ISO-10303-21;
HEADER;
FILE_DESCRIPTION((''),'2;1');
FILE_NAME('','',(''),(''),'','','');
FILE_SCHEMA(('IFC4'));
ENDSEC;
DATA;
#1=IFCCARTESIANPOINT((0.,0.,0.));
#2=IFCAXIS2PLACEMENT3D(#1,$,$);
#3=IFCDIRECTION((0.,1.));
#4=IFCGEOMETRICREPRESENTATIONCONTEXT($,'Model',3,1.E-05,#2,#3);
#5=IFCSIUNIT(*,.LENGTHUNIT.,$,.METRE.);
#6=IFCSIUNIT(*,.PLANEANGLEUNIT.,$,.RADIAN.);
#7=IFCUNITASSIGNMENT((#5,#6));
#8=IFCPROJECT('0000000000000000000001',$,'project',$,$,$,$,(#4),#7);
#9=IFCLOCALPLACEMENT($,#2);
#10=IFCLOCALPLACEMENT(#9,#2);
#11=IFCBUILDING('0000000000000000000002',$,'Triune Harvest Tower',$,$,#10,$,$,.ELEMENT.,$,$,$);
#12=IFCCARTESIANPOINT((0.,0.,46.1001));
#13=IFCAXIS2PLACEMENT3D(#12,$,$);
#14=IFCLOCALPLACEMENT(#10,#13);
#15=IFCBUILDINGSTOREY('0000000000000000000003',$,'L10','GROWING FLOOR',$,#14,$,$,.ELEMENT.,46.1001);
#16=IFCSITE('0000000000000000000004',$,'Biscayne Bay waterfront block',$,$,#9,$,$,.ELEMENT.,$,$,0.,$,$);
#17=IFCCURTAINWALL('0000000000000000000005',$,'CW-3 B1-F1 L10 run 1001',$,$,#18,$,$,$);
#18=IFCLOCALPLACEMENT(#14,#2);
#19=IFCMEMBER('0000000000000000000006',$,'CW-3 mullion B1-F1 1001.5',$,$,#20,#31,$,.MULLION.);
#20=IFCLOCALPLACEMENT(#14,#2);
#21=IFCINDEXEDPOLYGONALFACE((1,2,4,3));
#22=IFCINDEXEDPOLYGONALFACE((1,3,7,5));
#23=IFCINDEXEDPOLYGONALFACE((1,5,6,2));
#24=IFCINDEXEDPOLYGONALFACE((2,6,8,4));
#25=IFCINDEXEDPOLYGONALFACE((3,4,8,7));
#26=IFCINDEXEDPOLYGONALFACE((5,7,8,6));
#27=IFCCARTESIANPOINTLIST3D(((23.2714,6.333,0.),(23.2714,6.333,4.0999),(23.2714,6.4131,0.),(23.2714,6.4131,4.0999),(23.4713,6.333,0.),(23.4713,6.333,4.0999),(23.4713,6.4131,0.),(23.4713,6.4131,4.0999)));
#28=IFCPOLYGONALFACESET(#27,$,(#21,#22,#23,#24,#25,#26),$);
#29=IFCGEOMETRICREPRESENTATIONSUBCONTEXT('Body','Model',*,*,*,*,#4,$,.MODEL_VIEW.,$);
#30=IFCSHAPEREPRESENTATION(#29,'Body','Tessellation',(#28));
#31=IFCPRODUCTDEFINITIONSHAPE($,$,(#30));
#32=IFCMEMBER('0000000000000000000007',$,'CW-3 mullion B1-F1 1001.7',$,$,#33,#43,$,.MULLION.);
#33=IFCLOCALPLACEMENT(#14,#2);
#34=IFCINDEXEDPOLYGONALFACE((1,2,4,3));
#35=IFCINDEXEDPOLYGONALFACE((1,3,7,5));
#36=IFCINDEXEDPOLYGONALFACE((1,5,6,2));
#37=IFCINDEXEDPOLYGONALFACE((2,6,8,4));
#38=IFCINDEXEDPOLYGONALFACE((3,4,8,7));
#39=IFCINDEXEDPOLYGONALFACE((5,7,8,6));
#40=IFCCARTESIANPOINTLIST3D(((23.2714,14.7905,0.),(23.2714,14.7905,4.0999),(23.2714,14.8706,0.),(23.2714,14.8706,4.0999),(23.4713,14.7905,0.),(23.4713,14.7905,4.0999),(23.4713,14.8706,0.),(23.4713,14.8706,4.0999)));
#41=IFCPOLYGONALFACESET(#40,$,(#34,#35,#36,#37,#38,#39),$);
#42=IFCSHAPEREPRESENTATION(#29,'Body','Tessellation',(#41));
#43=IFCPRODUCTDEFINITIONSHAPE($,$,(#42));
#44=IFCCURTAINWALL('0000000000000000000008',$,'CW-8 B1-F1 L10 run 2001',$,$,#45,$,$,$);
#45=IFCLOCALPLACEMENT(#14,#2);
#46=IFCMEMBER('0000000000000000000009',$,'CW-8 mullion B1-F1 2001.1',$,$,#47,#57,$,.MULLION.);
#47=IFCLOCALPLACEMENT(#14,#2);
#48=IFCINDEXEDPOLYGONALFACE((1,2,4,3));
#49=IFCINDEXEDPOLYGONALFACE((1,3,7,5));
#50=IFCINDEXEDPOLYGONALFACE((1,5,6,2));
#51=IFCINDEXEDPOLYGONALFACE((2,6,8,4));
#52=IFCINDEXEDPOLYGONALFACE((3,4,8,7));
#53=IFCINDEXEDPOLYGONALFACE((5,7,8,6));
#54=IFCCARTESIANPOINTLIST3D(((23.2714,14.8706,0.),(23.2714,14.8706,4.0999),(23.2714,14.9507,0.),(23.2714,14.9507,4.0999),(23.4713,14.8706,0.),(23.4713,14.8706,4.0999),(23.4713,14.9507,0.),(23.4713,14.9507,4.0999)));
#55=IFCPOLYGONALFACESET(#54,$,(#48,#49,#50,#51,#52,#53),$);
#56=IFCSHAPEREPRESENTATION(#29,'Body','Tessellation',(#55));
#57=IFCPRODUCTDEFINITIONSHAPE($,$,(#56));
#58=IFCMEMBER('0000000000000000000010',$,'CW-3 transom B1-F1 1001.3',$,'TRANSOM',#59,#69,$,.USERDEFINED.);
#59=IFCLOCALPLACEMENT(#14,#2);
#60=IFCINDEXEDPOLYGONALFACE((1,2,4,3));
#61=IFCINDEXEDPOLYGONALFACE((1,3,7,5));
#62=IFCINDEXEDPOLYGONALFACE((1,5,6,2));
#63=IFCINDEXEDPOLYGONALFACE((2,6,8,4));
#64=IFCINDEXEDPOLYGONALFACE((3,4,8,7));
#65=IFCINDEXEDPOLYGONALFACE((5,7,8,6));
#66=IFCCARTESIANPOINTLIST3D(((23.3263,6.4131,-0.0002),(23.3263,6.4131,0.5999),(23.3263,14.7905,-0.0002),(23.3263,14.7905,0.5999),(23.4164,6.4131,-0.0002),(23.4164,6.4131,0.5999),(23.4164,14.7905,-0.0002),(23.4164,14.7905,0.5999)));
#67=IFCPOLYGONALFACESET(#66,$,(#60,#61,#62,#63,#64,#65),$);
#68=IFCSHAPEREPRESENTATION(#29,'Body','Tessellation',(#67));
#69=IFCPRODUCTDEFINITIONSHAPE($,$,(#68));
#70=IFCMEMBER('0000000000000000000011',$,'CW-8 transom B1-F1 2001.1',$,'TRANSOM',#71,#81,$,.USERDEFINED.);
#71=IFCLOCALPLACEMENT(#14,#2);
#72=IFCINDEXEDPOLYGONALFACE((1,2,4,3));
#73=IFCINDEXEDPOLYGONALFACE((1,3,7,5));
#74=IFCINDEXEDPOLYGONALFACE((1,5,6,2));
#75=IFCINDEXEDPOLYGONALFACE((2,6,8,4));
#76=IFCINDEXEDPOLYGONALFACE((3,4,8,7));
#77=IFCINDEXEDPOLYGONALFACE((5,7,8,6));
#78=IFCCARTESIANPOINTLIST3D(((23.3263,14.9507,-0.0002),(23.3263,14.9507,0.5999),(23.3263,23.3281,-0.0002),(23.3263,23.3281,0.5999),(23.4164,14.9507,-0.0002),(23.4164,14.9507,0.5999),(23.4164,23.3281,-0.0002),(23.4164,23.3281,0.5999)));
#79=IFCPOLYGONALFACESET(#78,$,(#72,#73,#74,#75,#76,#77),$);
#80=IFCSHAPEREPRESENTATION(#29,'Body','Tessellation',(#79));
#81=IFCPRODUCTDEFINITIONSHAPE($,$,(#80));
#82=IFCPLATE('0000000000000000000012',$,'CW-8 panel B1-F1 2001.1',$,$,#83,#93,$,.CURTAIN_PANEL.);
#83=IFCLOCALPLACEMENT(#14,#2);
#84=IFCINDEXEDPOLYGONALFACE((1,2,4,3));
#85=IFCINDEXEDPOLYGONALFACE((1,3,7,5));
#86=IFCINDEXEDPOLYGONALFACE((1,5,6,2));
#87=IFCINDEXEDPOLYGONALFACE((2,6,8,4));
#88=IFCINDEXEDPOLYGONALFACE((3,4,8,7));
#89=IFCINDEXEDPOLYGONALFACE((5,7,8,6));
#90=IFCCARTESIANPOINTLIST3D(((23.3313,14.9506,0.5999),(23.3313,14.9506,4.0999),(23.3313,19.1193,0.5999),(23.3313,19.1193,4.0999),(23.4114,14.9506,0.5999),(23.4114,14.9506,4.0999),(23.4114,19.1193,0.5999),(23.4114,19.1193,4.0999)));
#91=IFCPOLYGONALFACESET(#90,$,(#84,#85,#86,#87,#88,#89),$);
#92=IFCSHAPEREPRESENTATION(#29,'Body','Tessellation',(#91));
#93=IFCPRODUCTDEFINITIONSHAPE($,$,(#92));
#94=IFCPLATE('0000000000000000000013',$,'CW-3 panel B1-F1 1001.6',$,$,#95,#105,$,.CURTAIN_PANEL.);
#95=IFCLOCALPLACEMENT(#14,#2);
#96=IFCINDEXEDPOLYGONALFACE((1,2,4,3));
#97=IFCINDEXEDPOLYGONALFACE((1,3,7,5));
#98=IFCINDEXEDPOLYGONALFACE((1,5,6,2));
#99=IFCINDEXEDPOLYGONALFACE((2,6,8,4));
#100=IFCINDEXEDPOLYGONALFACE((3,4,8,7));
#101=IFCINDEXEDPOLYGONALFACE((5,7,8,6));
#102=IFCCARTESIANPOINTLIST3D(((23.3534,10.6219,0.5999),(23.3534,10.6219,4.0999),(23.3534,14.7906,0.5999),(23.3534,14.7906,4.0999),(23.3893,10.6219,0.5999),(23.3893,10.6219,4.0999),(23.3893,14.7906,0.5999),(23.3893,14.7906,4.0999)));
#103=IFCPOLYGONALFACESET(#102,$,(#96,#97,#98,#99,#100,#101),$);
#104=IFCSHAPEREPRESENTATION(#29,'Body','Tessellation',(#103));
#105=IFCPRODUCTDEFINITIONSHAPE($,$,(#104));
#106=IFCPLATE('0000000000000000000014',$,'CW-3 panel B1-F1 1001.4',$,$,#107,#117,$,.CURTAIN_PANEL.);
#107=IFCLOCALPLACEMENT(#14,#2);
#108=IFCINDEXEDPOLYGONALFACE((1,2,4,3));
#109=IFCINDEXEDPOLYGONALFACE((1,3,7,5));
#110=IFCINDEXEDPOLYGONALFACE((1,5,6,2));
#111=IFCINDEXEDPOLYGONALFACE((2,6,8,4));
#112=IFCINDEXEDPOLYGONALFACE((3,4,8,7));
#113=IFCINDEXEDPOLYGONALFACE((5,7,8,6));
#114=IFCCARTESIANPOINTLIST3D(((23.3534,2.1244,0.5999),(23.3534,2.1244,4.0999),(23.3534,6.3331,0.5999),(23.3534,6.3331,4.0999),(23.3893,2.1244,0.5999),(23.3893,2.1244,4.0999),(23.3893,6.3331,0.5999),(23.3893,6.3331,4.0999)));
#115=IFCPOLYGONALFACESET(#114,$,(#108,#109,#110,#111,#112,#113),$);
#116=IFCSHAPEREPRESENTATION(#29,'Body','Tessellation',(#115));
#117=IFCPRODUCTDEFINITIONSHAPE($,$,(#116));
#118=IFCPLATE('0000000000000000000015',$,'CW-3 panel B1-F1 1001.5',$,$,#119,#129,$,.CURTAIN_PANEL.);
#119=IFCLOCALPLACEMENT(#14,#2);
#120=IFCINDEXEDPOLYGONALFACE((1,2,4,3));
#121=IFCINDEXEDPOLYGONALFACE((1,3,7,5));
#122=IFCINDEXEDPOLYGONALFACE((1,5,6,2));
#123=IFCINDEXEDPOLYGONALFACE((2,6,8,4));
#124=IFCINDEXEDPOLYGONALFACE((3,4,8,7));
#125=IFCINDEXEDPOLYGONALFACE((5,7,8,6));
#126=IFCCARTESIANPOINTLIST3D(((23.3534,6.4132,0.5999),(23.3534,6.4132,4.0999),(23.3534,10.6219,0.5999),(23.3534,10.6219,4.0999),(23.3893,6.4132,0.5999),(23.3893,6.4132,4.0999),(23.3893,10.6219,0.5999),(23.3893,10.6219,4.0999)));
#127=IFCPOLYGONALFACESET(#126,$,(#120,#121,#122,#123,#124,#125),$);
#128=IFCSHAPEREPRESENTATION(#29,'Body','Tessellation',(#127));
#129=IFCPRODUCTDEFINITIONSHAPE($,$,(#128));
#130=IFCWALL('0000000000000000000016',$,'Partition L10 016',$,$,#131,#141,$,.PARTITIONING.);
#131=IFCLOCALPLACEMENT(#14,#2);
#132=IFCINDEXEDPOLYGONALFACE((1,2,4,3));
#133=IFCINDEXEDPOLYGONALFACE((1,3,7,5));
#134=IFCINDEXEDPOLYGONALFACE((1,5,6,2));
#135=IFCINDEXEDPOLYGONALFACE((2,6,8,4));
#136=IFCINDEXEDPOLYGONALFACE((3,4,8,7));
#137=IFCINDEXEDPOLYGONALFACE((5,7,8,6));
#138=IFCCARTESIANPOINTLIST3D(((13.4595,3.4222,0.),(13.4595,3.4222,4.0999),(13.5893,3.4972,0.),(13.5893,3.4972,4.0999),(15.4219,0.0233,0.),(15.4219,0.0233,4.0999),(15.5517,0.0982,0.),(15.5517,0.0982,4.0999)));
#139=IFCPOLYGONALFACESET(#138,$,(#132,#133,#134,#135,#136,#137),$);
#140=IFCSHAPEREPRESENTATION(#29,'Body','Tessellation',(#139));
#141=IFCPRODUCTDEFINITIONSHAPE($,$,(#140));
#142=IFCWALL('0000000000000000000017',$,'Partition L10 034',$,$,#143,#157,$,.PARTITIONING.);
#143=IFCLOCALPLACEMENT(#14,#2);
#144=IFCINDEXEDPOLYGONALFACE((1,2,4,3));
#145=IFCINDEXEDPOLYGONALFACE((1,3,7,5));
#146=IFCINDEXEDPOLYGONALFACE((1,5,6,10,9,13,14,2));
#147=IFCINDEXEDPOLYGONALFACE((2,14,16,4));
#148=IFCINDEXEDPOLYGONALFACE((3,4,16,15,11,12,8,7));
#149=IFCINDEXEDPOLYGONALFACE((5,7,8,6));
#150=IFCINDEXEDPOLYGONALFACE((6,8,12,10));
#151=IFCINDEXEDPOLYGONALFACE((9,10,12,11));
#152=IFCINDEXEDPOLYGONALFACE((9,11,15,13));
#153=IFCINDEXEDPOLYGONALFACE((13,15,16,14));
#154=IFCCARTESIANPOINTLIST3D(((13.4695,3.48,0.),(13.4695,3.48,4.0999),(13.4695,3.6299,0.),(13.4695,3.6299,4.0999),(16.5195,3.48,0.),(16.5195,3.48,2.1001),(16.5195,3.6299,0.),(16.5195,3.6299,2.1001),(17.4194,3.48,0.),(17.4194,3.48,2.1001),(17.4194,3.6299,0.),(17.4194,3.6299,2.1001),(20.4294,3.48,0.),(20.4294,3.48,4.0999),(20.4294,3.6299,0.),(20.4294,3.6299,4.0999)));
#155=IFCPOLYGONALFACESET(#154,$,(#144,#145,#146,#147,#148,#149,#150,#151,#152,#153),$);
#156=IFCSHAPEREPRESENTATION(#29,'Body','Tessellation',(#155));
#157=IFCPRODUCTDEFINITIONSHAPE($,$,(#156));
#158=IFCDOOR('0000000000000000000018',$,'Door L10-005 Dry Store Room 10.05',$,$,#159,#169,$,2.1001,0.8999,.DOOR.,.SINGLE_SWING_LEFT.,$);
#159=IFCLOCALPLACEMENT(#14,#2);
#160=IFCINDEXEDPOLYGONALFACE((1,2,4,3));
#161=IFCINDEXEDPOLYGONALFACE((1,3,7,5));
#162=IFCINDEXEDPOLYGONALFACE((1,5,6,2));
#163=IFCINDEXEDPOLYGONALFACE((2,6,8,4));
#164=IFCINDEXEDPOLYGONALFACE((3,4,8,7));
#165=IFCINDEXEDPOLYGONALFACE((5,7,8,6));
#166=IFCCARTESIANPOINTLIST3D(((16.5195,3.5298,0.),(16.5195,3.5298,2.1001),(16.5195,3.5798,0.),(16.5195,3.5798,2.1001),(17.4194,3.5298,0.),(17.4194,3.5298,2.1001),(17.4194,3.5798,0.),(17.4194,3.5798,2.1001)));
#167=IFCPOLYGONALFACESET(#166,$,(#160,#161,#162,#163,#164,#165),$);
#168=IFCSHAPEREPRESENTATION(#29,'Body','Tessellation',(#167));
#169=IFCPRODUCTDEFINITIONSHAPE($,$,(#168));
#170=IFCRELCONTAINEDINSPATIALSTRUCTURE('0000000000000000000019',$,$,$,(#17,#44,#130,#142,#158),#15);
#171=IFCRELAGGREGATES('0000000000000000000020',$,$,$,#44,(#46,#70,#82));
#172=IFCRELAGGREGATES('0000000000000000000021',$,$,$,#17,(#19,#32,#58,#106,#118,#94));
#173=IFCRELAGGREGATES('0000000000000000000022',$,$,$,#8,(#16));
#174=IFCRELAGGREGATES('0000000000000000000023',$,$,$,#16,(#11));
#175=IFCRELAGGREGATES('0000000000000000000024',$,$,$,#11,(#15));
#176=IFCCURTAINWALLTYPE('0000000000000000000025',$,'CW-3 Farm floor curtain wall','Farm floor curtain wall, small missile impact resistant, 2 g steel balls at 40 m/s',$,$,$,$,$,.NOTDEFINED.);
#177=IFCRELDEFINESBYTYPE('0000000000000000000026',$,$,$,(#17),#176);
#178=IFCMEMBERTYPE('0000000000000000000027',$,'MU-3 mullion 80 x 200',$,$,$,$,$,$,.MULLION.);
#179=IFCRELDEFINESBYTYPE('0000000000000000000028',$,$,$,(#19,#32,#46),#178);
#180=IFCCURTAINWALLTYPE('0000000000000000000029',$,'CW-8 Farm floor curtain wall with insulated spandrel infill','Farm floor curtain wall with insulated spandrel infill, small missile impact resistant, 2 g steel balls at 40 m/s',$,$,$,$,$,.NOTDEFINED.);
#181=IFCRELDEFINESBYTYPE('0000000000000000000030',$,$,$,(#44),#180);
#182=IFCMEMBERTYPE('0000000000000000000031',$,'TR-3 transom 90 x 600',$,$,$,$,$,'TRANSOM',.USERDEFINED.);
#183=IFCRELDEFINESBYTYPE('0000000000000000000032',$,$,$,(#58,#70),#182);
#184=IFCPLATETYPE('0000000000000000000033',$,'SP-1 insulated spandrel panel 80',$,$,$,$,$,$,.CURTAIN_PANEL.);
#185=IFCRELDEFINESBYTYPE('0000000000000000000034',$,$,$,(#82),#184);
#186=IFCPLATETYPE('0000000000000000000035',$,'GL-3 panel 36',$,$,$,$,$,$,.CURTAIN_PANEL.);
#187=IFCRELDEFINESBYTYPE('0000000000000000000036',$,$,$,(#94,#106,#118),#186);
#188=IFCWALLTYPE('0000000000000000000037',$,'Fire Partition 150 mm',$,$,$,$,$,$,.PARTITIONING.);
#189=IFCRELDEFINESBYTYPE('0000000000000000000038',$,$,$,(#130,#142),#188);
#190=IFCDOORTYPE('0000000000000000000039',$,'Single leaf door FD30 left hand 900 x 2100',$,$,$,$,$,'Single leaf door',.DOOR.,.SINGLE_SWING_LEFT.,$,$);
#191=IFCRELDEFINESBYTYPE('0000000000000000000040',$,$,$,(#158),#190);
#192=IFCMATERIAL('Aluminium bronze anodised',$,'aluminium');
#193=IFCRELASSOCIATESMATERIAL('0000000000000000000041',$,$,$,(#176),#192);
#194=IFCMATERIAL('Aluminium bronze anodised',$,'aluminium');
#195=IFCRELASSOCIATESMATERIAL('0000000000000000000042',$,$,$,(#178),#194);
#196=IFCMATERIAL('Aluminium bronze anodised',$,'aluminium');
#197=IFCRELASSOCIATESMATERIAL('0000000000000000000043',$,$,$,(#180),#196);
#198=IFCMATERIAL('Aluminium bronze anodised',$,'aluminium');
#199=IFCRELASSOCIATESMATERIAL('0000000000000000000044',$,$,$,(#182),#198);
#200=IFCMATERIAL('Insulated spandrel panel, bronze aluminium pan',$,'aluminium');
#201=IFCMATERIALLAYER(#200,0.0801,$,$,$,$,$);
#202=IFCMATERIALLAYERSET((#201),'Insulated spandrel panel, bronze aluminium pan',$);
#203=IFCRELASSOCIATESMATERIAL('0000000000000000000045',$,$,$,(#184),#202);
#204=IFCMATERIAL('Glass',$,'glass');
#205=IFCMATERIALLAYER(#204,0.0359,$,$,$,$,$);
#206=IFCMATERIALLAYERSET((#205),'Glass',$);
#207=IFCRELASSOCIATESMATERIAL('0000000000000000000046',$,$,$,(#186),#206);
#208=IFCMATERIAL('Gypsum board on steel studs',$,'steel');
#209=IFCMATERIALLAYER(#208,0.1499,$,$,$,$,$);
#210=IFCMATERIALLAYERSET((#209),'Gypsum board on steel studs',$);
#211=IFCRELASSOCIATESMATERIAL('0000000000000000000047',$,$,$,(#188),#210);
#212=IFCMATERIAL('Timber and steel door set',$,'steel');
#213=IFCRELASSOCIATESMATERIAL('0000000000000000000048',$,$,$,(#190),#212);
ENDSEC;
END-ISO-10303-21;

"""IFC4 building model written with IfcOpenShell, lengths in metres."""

from ifc_helpers import new_model, si_unit, direction, frame, frame_2d, origin, origin_2d, place, context, subcontext, project, spatial, rectangle, extrude, source, transform, mapped, material, layer, layer_set, material_profile, profile_set, type_object, element, fill, aggregate, save


model = new_model("IFC4")

# Units and contexts
model_context = context("Model", 3, precision=1e-05, world=origin(), true_north=direction((0.0, 1.0)))
body_context = subcontext(model_context, "Body", "Model", "MODEL_VIEW")
ifc_project = project(units=[si_unit("LENGTHUNIT", "METRE"), si_unit("PLANEANGLEUNIT", "RADIAN")], contexts=[model_context])

# Site, building, storey
site_placement = place(None, origin())
site = spatial("IfcSite", under=ifc_project, at=site_placement, Name="Biscayne Bay waterfront block", CompositionType="ELEMENT", RefElevation=0.0)
building_placement = place(site_placement, origin())
building = spatial("IfcBuilding", under=site, at=building_placement, Name="Triune Harvest Tower", CompositionType="ELEMENT")
storey_placement = place(building_placement, frame((0.0, 0.0, 46.1001)))
storey = spatial("IfcBuildingStorey", under=building, at=storey_placement, Name="L10", Description="GROWING FLOOR", CompositionType="ELEMENT", Elevation=46.1001)

# Curtain wall, members
ifc_material_1 = material(Name="Aluminium bronze anodised", Category="aluminium")
curtain_wall_type_1 = type_object("IfcCurtainWallType", Name="CW-3 Farm floor curtain wall", Description="Farm floor curtain wall, small missile impact resistant, 2 g steel balls at 40 m/s", PredefinedType="NOTDEFINED", material=ifc_material_1)
curtain_wall_1_placement = place(storey_placement, origin())
curtain_wall_1 = element("IfcCurtainWall", 1, at=curtain_wall_1_placement, inside=storey, type_object=curtain_wall_type_1, Name="CW-3 B1-F1 L10 run 1001")
ifc_material_2 = material(Name="Aluminium bronze anodised", Category="aluminium")
ifc_material_profile_1 = material_profile(ifc_material_2, rectangle(XDim=0.2, YDim=0.0801, at=origin_2d()), Name="MU-3 mullion 80 x 200")
ifc_profile_set_1 = profile_set([ifc_material_profile_1], Name="Aluminium bronze anodised")
member_type_1 = type_object("IfcMemberType", Name="MU-3 mullion 80 x 200", PredefinedType="MULLION", material=ifc_profile_set_1)
shared_shape_1 = source(origin(), body_context, "Body", "SweptSolid", [
    extrude(rectangle(XDim=0.2, YDim=0.0801, at=origin_2d()), origin(), (0.0, 0.0, 1.0), 4.0999),
])
member_1_placement = place(storey_placement, frame((23.3713, 6.373, 0.0), z_axis=(0.0, 0.0, 1.0), x_axis=(-1.0, 0.0, 0.0)))
member_1 = element("IfcMember", 2, at=member_1_placement, type_object=member_type_1, Name="CW-3 mullion B1-F1 1001.5", PredefinedType="MULLION", context=body_context, shape_type="MappedRepresentation", body=[
    mapped(shared_shape_1, transform((0.0, 0.0, 0.0), scale=1.0)),
])
member_2_placement = place(storey_placement, frame((23.3713, 14.8306, 0.0), z_axis=(0.0, 0.0, 1.0), x_axis=(-1.0, 0.0, 0.0)))
member_2 = element("IfcMember", 3, at=member_2_placement, type_object=member_type_1, Name="CW-3 mullion B1-F1 1001.7", PredefinedType="MULLION", context=body_context, shape_type="MappedRepresentation", body=[
    mapped(shared_shape_1, transform((0.0, 0.0, 0.0), scale=1.0)),
])

# Curtain wall, member
ifc_material_3 = material(Name="Aluminium bronze anodised", Category="aluminium")
curtain_wall_type_2 = type_object("IfcCurtainWallType", Name="CW-8 Farm floor curtain wall with insulated spandrel infill", Description="Farm floor curtain wall with insulated spandrel infill, small missile impact resistant, 2 g steel balls at 40 m/s", PredefinedType="NOTDEFINED", material=ifc_material_3)
curtain_wall_2_placement = place(storey_placement, origin())
curtain_wall_2 = element("IfcCurtainWall", 4, at=curtain_wall_2_placement, inside=storey, type_object=curtain_wall_type_2, Name="CW-8 B1-F1 L10 run 2001")
member_3_placement = place(storey_placement, frame((23.3713, 14.9106, 0.0), z_axis=(0.0, 0.0, 1.0), x_axis=(-1.0, 0.0, 0.0)))
member_3 = element("IfcMember", 5, at=member_3_placement, type_object=member_type_1, Name="CW-8 mullion B1-F1 2001.1", PredefinedType="MULLION", context=body_context, shape_type="MappedRepresentation", body=[
    mapped(shared_shape_1, transform((0.0, 0.0, 0.0), scale=1.0)),
])

# Members
ifc_material_4 = material(Name="Aluminium bronze anodised", Category="aluminium")
ifc_material_profile_2 = material_profile(ifc_material_4, rectangle(XDim=0.0901, YDim=0.6001, at=origin_2d()), Name="TR-3 transom 90 x 600")
ifc_profile_set_2 = profile_set([ifc_material_profile_2], Name="Aluminium bronze anodised")
member_type_2 = type_object("IfcMemberType", Name="TR-3 transom 90 x 600", ElementType="TRANSOM", PredefinedType="USERDEFINED", material=ifc_profile_set_2)
shared_shape_2 = source(origin(), body_context, "Body", "SweptSolid", [
    extrude(rectangle(XDim=0.0901, YDim=0.6001, at=origin_2d()), origin(), (0.0, 0.0, 1.0), 8.3774),
])
member_4_placement = place(storey_placement, frame((23.3713, 6.4131, 0.2998), z_axis=(0.0, 1.0, 0.0), x_axis=(-1.0, 0.0, 0.0)))
member_4 = element("IfcMember", 6, at=member_4_placement, type_object=member_type_2, Name="CW-3 transom B1-F1 1001.3", ObjectType="TRANSOM", PredefinedType="USERDEFINED", context=body_context, shape_type="MappedRepresentation", body=[
    mapped(shared_shape_2, transform((0.0, 0.0, 0.0), scale=1.0)),
])
member_5_placement = place(storey_placement, frame((23.3713, 14.9507, 0.2998), z_axis=(0.0, 1.0, 0.0), x_axis=(-1.0, 0.0, 0.0)))
member_5 = element("IfcMember", 7, at=member_5_placement, type_object=member_type_2, Name="CW-8 transom B1-F1 2001.1", ObjectType="TRANSOM", PredefinedType="USERDEFINED", context=body_context, shape_type="MappedRepresentation", body=[
    mapped(shared_shape_2, transform((0.0, 0.0, 0.0), scale=1.0)),
])

# Plates
ifc_material_5 = material(Name="Insulated spandrel panel, bronze aluminium pan", Category="aluminium")
ifc_layer_1 = layer(ifc_material_5, 0.0801)
ifc_layer_set_1 = layer_set([ifc_layer_1], Name="Insulated spandrel panel, bronze aluminium pan")
plate_type_1 = type_object("IfcPlateType", Name="SP-1 insulated spandrel panel 80", PredefinedType="CURTAIN_PANEL", material=ifc_layer_set_1)
shared_shape_3 = source(origin(), body_context, "Body", "SweptSolid", [
    extrude(rectangle(XDim=4.1687, YDim=0.0801, at=origin_2d()), origin(), (0.0, 0.0, 1.0), 3.5),
])
plate_1_placement = place(storey_placement, frame((23.3713, 17.0349, 0.5999), z_axis=(0.0, 0.0, 1.0), x_axis=(0.0, 1.0, 0.0)))
plate_1 = element("IfcPlate", 8, at=plate_1_placement, type_object=plate_type_1, Name="CW-8 panel B1-F1 2001.1", PredefinedType="CURTAIN_PANEL", context=body_context, shape_type="MappedRepresentation", body=[
    mapped(shared_shape_3, transform((0.0, 0.0, 0.0), scale=1.0)),
])
aggregate(curtain_wall_2, [member_3, member_5, plate_1])
ifc_material_6 = material(Name="Glass", Category="glass")
ifc_layer_2 = layer(ifc_material_6, 0.0359)
ifc_layer_set_2 = layer_set([ifc_layer_2], Name="Glass")
plate_type_2 = type_object("IfcPlateType", Name="GL-3 panel 36", PredefinedType="CURTAIN_PANEL", material=ifc_layer_set_2)
shared_shape_4 = source(origin(), body_context, "Body", "SweptSolid", [
    extrude(rectangle(XDim=4.1687, YDim=0.0359, at=origin_2d()), origin(), (0.0, 0.0, 1.0), 3.5),
])
plate_2_placement = place(storey_placement, frame((23.3713, 12.7063, 0.5999), z_axis=(0.0, 0.0, 1.0), x_axis=(0.0, 1.0, 0.0)))
plate_2 = element("IfcPlate", 9, at=plate_2_placement, type_object=plate_type_2, Name="CW-3 panel B1-F1 1001.6", PredefinedType="CURTAIN_PANEL", context=body_context, shape_type="MappedRepresentation", body=[
    mapped(shared_shape_4, transform((0.0, 0.0, 0.0), scale=1.0)),
])
shared_shape_5 = source(origin(), body_context, "Body", "SweptSolid", [
    extrude(rectangle(XDim=4.2087, YDim=0.0359, at=origin_2d()), origin(), (0.0, 0.0, 1.0), 3.5),
])
plate_3_placement = place(storey_placement, frame((23.3713, 4.2288, 0.5999), z_axis=(0.0, 0.0, 1.0), x_axis=(0.0, 1.0, 0.0)))
plate_3 = element("IfcPlate", 10, at=plate_3_placement, type_object=plate_type_2, Name="CW-3 panel B1-F1 1001.4", PredefinedType="CURTAIN_PANEL", context=body_context, shape_type="MappedRepresentation", body=[
    mapped(shared_shape_5, transform((0.0, 0.0, 0.0), scale=1.0)),
])
plate_4_placement = place(storey_placement, frame((23.3713, 8.5176, 0.5999), z_axis=(0.0, 0.0, 1.0), x_axis=(0.0, 1.0, 0.0)))
plate_4 = element("IfcPlate", 11, at=plate_4_placement, type_object=plate_type_2, Name="CW-3 panel B1-F1 1001.5", PredefinedType="CURTAIN_PANEL", context=body_context, shape_type="MappedRepresentation", body=[
    mapped(shared_shape_5, transform((0.0, 0.0, 0.0), scale=1.0)),
])
aggregate(curtain_wall_1, [member_1, member_2, member_4, plate_3, plate_4, plate_2])

# Wall
ifc_material_7 = material(Name="Gypsum board on steel studs", Category="steel")
ifc_layer_3 = layer(ifc_material_7, 0.1499)
ifc_layer_set_3 = layer_set([ifc_layer_3], Name="Gypsum board on steel studs")
wall_type_1 = type_object("IfcWallType", Name="Fire Partition 150 mm", PredefinedType="PARTITIONING", material=ifc_layer_set_3)
wall_1_placement = place(storey_placement, frame((13.5244, 3.4597, 0.0), z_axis=(0.0, 0.0, 1.0), x_axis=(0.500006, -0.866022, 0.0)))
element("IfcWall", 12, at=wall_1_placement, inside=storey, type_object=wall_type_1, Name="Partition L10 016", PredefinedType="PARTITIONING", context=body_context, shape_type="SweptSolid", body=[
    extrude(rectangle(XDim=3.9248, YDim=0.1499, at=frame_2d((1.9624, 0.0))), origin(), (0.0, 0.0, 1.0), 4.0999),
])

# Wall, opening, door
wall_2_placement = place(storey_placement, frame((13.4695, 3.5549, 0.0), z_axis=(0.0, 0.0, 1.0), x_axis=(1.0, 0.0, 0.0)))
wall_2 = element("IfcWall", 13, at=wall_2_placement, inside=storey, type_object=wall_type_1, Name="Partition L10 034", PredefinedType="PARTITIONING", context=body_context, shape_type="SweptSolid", body=[
    extrude(rectangle(XDim=6.96, YDim=0.1499, at=frame_2d((3.48, 0.0))), origin(), (0.0, 0.0, 1.0), 4.0999),
])
opening_1_placement = place(wall_2_placement, frame((3.05, 0.0, 0.0)))
opening_1 = element("IfcOpeningElement", 14, at=opening_1_placement, cuts=wall_2, PredefinedType="OPENING", context=body_context, shape_type="SweptSolid", body=[
    extrude(rectangle(XDim=0.8999, YDim=2.1001, at=frame_2d((0.45, 1.05))), frame((0.0, 0.085, 0.0), z_axis=(0.0, -1.0, 0.0), x_axis=(1.0, 0.0, 0.0)), (0.0, 0.0, 1.0), 0.1699),
])
ifc_material_8 = material(Name="Timber and steel door set", Category="steel")
door_type_1 = type_object("IfcDoorType", Name="Single leaf door FD30 left hand 900 x 2100", ElementType="Single leaf door", OperationType="SINGLE_SWING_LEFT", PredefinedType="DOOR", material=ifc_material_8)
door_1_placement = place(opening_1_placement, origin())
door_1 = element("IfcDoor", 15, at=door_1_placement, inside=storey, type_object=door_type_1, Name="Door L10-005 Dry Store Room 10.05", OperationType="SINGLE_SWING_LEFT", OverallHeight=2.1001, OverallWidth=0.8999, PredefinedType="DOOR", context=body_context, shape_type="SweptSolid", body=[
    extrude(rectangle(XDim=0.8999, YDim=2.1001, at=frame_2d((0.45, 1.05))), frame((0.0, 0.0249, 0.0), z_axis=(0.0, -1.0, 0.0), x_axis=(1.0, 0.0, 0.0)), (0.0, 0.0, 1.0), 0.05),
])
fill(opening_1, door_1)

save(model, "model.ifc")
